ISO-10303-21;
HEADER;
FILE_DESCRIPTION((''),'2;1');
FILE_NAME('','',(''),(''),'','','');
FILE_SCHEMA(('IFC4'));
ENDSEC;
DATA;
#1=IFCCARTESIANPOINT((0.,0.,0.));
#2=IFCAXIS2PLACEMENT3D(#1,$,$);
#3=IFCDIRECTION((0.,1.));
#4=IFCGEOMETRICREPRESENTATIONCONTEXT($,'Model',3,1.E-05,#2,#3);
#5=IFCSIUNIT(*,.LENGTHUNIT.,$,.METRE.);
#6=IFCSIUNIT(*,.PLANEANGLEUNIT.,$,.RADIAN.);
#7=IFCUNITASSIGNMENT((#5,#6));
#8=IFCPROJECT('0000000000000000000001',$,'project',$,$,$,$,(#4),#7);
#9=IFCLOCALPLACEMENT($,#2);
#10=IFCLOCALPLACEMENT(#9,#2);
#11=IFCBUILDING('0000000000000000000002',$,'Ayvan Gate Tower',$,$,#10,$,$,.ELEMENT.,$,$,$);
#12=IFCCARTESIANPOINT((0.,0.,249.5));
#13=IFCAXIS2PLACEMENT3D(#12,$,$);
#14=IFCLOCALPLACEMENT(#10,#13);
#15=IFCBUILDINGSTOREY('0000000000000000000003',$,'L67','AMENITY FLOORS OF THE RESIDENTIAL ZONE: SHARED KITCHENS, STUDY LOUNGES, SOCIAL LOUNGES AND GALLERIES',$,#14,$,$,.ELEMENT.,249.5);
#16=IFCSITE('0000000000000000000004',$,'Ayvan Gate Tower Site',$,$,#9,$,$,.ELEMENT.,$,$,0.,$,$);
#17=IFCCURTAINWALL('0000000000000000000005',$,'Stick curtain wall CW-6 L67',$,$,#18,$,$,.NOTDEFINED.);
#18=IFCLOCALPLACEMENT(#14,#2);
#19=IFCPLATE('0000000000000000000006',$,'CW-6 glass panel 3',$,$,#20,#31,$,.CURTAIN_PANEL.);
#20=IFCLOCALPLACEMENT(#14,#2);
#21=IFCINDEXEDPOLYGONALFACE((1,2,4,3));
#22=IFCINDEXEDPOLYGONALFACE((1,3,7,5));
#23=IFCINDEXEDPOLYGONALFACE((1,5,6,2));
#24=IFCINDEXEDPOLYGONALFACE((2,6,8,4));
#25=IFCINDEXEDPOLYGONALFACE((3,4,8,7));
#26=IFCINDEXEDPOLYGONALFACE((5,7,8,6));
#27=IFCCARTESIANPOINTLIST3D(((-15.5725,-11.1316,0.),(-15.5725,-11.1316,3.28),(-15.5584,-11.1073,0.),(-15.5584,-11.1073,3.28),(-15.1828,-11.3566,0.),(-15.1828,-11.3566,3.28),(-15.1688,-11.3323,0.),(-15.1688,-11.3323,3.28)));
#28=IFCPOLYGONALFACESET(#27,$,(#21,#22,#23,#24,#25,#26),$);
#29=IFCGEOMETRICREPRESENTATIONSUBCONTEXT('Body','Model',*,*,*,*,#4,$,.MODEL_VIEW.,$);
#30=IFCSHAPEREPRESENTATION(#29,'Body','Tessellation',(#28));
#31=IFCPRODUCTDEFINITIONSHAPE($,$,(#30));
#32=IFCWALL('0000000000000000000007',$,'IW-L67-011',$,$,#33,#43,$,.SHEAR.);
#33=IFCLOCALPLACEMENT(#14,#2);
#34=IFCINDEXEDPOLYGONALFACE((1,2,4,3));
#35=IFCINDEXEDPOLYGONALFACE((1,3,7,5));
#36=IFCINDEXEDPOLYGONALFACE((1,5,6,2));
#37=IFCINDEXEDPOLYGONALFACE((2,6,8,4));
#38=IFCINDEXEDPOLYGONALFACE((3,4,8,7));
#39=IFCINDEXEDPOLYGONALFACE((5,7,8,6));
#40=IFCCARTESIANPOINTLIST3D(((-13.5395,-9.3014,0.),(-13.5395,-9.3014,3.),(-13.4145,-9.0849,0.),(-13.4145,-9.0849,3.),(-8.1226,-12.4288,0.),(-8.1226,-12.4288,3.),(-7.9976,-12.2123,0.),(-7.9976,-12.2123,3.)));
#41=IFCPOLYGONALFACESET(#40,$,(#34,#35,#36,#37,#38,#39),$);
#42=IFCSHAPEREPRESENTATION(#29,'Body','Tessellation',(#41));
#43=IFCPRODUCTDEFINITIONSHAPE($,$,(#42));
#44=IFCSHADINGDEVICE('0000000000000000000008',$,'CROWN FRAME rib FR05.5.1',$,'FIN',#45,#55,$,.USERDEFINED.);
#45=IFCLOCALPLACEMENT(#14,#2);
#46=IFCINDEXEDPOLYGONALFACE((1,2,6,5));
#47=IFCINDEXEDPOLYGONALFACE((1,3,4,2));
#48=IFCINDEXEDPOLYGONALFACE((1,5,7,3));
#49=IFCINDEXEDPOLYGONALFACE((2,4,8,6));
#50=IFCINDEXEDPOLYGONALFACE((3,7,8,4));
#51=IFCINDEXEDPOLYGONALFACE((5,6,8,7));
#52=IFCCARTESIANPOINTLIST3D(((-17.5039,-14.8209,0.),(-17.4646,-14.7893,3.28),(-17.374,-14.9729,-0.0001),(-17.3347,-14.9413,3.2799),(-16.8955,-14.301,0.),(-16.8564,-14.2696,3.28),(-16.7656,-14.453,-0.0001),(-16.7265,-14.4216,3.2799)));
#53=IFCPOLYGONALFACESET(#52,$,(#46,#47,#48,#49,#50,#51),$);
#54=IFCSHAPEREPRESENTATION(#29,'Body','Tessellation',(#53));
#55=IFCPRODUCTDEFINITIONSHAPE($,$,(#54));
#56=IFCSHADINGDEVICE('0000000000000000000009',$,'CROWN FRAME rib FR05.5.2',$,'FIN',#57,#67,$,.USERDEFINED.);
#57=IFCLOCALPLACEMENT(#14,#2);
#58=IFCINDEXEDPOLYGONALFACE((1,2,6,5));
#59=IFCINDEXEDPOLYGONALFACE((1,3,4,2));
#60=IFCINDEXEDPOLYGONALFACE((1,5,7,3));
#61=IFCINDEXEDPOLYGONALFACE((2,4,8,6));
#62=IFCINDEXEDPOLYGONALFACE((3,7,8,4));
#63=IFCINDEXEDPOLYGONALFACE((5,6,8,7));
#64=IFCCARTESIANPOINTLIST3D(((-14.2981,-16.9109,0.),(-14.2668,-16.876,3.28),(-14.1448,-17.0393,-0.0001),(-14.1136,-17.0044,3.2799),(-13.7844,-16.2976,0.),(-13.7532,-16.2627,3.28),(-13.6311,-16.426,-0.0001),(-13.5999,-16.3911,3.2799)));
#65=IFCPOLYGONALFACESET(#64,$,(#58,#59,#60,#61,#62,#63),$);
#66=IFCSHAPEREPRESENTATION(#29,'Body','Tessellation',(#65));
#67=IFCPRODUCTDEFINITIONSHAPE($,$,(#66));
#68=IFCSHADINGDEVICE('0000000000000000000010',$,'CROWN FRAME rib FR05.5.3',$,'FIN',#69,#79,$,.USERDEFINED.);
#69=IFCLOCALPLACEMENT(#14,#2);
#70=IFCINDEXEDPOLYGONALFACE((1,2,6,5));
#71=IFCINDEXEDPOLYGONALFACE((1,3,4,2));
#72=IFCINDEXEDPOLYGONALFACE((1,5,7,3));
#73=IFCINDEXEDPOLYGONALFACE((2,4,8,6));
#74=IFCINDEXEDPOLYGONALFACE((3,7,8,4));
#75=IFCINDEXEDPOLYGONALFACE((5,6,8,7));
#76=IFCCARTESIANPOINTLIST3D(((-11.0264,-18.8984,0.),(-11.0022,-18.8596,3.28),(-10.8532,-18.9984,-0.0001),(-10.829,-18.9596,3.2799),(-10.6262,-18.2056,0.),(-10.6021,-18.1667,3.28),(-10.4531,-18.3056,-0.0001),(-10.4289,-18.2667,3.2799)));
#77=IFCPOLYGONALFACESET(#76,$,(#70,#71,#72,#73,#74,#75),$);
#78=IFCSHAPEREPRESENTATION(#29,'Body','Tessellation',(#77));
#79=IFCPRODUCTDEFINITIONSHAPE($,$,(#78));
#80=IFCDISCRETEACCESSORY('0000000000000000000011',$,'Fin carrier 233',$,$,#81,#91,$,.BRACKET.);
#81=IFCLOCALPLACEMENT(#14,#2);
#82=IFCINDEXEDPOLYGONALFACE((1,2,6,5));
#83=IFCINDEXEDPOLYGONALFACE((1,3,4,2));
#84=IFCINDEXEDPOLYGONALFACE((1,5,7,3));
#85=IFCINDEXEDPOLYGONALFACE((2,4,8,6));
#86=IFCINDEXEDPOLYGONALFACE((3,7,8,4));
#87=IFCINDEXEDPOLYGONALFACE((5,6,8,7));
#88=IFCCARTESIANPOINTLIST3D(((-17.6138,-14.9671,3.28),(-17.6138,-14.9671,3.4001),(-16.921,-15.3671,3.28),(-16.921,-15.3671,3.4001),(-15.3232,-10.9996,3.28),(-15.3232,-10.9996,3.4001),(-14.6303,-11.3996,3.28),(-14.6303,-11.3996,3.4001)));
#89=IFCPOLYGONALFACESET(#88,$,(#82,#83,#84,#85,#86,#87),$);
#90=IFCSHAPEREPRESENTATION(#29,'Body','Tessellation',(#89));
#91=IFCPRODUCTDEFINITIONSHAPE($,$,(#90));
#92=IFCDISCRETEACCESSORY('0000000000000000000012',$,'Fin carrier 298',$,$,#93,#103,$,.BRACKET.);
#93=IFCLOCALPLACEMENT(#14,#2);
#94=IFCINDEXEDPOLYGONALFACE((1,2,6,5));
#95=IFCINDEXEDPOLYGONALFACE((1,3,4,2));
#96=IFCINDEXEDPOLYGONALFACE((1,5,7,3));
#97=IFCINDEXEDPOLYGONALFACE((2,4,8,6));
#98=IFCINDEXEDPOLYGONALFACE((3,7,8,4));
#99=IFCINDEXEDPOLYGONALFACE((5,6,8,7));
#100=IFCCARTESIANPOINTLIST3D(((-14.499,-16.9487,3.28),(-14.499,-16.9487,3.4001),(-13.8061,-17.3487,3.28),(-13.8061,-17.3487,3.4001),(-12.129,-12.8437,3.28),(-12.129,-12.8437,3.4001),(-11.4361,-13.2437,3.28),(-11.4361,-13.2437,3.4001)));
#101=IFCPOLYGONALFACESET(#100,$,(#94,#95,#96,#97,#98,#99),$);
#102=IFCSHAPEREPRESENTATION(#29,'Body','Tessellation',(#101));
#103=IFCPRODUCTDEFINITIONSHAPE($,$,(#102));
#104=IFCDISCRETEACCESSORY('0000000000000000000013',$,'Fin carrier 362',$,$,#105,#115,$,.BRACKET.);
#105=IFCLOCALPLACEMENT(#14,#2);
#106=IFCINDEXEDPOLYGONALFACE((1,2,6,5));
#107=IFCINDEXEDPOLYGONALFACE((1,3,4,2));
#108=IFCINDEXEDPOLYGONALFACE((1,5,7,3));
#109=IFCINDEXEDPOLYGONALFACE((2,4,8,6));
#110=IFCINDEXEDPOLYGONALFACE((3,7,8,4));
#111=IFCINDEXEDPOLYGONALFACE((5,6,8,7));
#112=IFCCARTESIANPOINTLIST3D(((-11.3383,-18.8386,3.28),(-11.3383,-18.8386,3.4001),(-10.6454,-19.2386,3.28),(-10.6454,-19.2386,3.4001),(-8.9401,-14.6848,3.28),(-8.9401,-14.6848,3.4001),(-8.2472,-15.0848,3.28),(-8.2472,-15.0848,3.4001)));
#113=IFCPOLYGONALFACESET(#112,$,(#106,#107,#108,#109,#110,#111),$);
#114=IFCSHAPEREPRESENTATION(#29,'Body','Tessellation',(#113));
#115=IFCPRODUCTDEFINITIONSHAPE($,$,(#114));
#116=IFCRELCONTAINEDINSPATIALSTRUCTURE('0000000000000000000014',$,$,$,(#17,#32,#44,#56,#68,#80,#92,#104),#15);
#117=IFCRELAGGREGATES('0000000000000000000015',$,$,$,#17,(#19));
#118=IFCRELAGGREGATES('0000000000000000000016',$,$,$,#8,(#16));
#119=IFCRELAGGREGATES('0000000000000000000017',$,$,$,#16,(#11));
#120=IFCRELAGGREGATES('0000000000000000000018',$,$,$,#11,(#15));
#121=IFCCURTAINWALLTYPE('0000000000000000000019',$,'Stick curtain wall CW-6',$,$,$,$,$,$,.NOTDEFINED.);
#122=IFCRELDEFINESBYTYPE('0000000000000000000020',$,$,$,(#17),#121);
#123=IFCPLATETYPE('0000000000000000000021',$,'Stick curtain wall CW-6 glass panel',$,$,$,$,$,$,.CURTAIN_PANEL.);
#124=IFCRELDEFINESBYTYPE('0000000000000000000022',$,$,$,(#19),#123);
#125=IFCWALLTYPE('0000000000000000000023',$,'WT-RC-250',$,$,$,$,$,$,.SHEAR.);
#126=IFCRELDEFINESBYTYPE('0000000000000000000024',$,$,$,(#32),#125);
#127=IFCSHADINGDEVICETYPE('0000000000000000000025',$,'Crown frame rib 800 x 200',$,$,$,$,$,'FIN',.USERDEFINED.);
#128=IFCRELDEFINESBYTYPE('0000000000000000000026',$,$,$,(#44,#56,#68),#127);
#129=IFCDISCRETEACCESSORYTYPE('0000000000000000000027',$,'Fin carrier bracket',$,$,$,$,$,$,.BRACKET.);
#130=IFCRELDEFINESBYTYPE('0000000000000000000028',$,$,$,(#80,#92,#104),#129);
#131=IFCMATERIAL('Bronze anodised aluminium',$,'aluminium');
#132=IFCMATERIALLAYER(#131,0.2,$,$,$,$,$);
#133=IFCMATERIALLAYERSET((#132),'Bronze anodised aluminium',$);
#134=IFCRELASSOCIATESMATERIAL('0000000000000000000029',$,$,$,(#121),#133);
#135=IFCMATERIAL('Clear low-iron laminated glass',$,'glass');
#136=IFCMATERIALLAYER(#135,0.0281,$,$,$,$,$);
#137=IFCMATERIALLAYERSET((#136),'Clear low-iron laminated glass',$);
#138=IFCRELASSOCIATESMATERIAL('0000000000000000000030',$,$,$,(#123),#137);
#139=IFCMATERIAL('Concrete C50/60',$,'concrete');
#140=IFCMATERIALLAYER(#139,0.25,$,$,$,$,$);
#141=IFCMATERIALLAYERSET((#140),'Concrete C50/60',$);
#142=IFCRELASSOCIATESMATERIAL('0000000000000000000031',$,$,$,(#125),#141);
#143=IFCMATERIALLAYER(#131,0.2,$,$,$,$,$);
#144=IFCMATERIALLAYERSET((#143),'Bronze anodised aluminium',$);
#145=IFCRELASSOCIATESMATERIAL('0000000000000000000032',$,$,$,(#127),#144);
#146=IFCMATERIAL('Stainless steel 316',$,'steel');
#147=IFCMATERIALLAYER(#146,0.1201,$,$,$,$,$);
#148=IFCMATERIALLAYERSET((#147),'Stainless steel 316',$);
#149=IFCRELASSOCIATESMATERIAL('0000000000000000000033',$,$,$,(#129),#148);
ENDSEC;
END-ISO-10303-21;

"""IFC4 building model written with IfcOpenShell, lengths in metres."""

from ifc_helpers import new_model, si_unit, direction, frame, frame_2d, origin, origin_2d, place, context, subcontext, project, spatial, polyline, rectangle, outline, extrude, material, layer, layer_set, type_object, element, aggregate, save


model = new_model("IFC4")

# Units and contexts
model_context = context("Model", 3, precision=1e-05, world=origin(), true_north=direction((0.0, 1.0)))
body_context = subcontext(model_context, "Body", "Model", "MODEL_VIEW")
ifc_project = project(units=[si_unit("LENGTHUNIT", "METRE"), si_unit("PLANEANGLEUNIT", "RADIAN")], contexts=[model_context])

# Site, building, storey
site_placement = place(None, origin())
site = spatial("IfcSite", under=ifc_project, at=site_placement, Name="Ayvan Gate Tower Site", CompositionType="ELEMENT", RefElevation=0.0)
building_placement = place(site_placement, origin())
building = spatial("IfcBuilding", under=site, at=building_placement, Name="Ayvan Gate Tower", CompositionType="ELEMENT")
storey_placement = place(building_placement, frame((0.0, 0.0, 249.5)))
storey = spatial("IfcBuildingStorey", under=building, at=storey_placement, Name="L67", Description="AMENITY FLOORS OF THE RESIDENTIAL ZONE: SHARED KITCHENS, STUDY LOUNGES, SOCIAL LOUNGES AND GALLERIES", CompositionType="ELEMENT", Elevation=249.5)

# Shared definitions
ifc_material_1 = material(Name="Concrete C50/60", Category="concrete")

# Shared definitions
ifc_material_2 = material(Name="Bronze anodised aluminium", Category="aluminium")

# Curtain wall
ifc_layer_1 = layer(ifc_material_2, 0.2)
ifc_layer_set_1 = layer_set([ifc_layer_1], Name="Bronze anodised aluminium")
curtain_wall_type_1 = type_object("IfcCurtainWallType", Name="Stick curtain wall CW-6", PredefinedType="NOTDEFINED", material=ifc_layer_set_1)
curtain_wall_1_placement = place(storey_placement, origin())
curtain_wall_1 = element("IfcCurtainWall", 1, at=curtain_wall_1_placement, inside=storey, type_object=curtain_wall_type_1, Name="Stick curtain wall CW-6 L67", PredefinedType="NOTDEFINED")

# Plate
ifc_material_3 = material(Name="Clear low-iron laminated glass", Category="glass")
ifc_layer_2 = layer(ifc_material_3, 0.0281)
ifc_layer_set_2 = layer_set([ifc_layer_2], Name="Clear low-iron laminated glass")
plate_type_1 = type_object("IfcPlateType", Name="Stick curtain wall CW-6 glass panel", PredefinedType="CURTAIN_PANEL", material=ifc_layer_set_2)
plate_1_placement = place(storey_placement, frame((-15.3706, -11.2319, 0.0), z_axis=(0.0, 0.0, 1.0), x_axis=(0.866025, -0.5, 0.0)))
plate_1 = element("IfcPlate", 2, at=plate_1_placement, type_object=plate_type_1, Name="CW-6 glass panel 3", PredefinedType="CURTAIN_PANEL", context=body_context, shape_type="SweptSolid", body=[
    extrude(rectangle(XDim=0.45, YDim=0.0281, at=origin_2d()), origin(), (0.0, 0.0, 1.0), 3.28),
])
aggregate(curtain_wall_1, [plate_1])

# Wall
ifc_layer_3 = layer(ifc_material_1, 0.25)
ifc_layer_set_3 = layer_set([ifc_layer_3], Name="Concrete C50/60")
wall_type = type_object("IfcWallType", Name="WT-RC-250", PredefinedType="SHEAR", material=ifc_layer_set_3)
wall_placement = place(storey_placement, frame((-8.0601, -12.3206, 0.0), z_axis=(0.0, 0.0, 1.0), x_axis=(-0.86603, 0.499993, 0.0)))
element("IfcWall", 3, at=wall_placement, inside=storey, type_object=wall_type, Name="IW-L67-011", PredefinedType="SHEAR", context=body_context, shape_type="SweptSolid", body=[
    extrude(rectangle(XDim=6.2549, YDim=0.25, at=frame_2d((3.1274, 0.0))), origin(), (0.0, 0.0, 1.0), 3.0),
])

# Shading devices
ifc_layer_4 = layer(ifc_material_2, 0.2)
ifc_layer_set_4 = layer_set([ifc_layer_4], Name="Bronze anodised aluminium")
shading_device_type = type_object("IfcShadingDeviceType", Name="Crown frame rib 800 x 200", ElementType="FIN", PredefinedType="USERDEFINED", material=ifc_layer_set_4)
shading_device_1_placement = place(storey_placement, frame((-16.8955, -14.301, 0.0), z_axis=(-0.649635, 0.760246, 0.000461), x_axis=(-0.760247, -0.649635, 0.0)))
element("IfcShadingDevice", 4, at=shading_device_1_placement, inside=storey, type_object=shading_device_type, Name="CROWN FRAME rib FR05.5.1", ObjectType="FIN", PredefinedType="USERDEFINED", context=body_context, shape_type="SweptSolid", body=[
    extrude(outline(polyline([(0.0, 0.0), (0.8002, 0.0), (0.7499, 3.28), (-0.0502, 3.28), (0.0, 0.0)])), origin(), (0.0, 0.0, -1.0), 0.2),
])
shading_device_2_placement = place(storey_placement, frame((-13.7844, -16.2976, 0.0), z_axis=(-0.766618, 0.642103, 0.000469), x_axis=(-0.642104, -0.766618, 0.0)))
element("IfcShadingDevice", 5, at=shading_device_2_placement, inside=storey, type_object=shading_device_type, Name="CROWN FRAME rib FR05.5.2", ObjectType="FIN", PredefinedType="USERDEFINED", context=body_context, shape_type="SweptSolid", body=[
    extrude(outline(polyline([(0.0, 0.0), (0.8, 0.0), (0.7532, 3.28), (-0.0468, 3.28), (0.0, 0.0)])), origin(), (0.0, 0.0, -1.0), 0.2),
])
shading_device_3_placement = place(storey_placement, frame((-10.6262, -18.2056, 0.0), z_axis=(-0.865962, 0.50011, 0.000462), x_axis=(-0.50011, -0.865962, 0.0)))
element("IfcShadingDevice", 6, at=shading_device_3_placement, inside=storey, type_object=shading_device_type, Name="CROWN FRAME rib FR05.5.3", ObjectType="FIN", PredefinedType="USERDEFINED", context=body_context, shape_type="SweptSolid", body=[
    extrude(outline(polyline([(0.0, 0.0), (0.8001, 0.0), (0.7544, 3.28), (-0.0457, 3.28), (0.0, 0.0)])), origin(), (0.0, 0.0, -1.0), 0.2),
])

# Discrete accessories
ifc_material_4 = material(Name="Stainless steel 316", Category="steel")
ifc_layer_5 = layer(ifc_material_4, 0.1201)
ifc_layer_set_5 = layer_set([ifc_layer_5], Name="Stainless steel 316")
discrete_accessory_type = type_object("IfcDiscreteAccessoryType", Name="Fin carrier bracket", PredefinedType="BRACKET", material=ifc_layer_set_5)
discrete_accessory_1_placement = place(storey_placement, frame((-16.1221, -13.1833, 3.28), z_axis=(0.0, 0.0, 1.0), x_axis=(0.866025, -0.5, 0.0)))
element("IfcDiscreteAccessory", 7, at=discrete_accessory_1_placement, inside=storey, type_object=discrete_accessory_type, Name="Fin carrier 233", PredefinedType="BRACKET", context=body_context, shape_type="SweptSolid", body=[
    extrude(rectangle(XDim=0.8, YDim=4.5813, at=origin_2d()), origin(), (0.0, 0.0, 1.0), 0.1201),
])
discrete_accessory_2_placement = place(storey_placement, frame((-12.9675, -15.0962, 3.28), z_axis=(0.0, 0.0, 1.0), x_axis=(0.866025, -0.5, 0.0)))
element("IfcDiscreteAccessory", 8, at=discrete_accessory_2_placement, inside=storey, type_object=discrete_accessory_type, Name="Fin carrier 298", PredefinedType="BRACKET", context=body_context, shape_type="SweptSolid", body=[
    extrude(rectangle(XDim=0.8, YDim=4.74, at=origin_2d()), origin(), (0.0, 0.0, 1.0), 0.1201),
])
discrete_accessory_3_placement = place(storey_placement, frame((-9.7927, -16.9617, 3.28), z_axis=(0.0, 0.0, 1.0), x_axis=(0.866025, -0.5, 0.0)))
element("IfcDiscreteAccessory", 9, at=discrete_accessory_3_placement, inside=storey, type_object=discrete_accessory_type, Name="Fin carrier 362", PredefinedType="BRACKET", context=body_context, shape_type="SweptSolid", body=[
    extrude(rectangle(XDim=0.8, YDim=4.7964, at=origin_2d()), origin(), (0.0, 0.0, 1.0), 0.1201),
])

save(model, "model.ifc")
